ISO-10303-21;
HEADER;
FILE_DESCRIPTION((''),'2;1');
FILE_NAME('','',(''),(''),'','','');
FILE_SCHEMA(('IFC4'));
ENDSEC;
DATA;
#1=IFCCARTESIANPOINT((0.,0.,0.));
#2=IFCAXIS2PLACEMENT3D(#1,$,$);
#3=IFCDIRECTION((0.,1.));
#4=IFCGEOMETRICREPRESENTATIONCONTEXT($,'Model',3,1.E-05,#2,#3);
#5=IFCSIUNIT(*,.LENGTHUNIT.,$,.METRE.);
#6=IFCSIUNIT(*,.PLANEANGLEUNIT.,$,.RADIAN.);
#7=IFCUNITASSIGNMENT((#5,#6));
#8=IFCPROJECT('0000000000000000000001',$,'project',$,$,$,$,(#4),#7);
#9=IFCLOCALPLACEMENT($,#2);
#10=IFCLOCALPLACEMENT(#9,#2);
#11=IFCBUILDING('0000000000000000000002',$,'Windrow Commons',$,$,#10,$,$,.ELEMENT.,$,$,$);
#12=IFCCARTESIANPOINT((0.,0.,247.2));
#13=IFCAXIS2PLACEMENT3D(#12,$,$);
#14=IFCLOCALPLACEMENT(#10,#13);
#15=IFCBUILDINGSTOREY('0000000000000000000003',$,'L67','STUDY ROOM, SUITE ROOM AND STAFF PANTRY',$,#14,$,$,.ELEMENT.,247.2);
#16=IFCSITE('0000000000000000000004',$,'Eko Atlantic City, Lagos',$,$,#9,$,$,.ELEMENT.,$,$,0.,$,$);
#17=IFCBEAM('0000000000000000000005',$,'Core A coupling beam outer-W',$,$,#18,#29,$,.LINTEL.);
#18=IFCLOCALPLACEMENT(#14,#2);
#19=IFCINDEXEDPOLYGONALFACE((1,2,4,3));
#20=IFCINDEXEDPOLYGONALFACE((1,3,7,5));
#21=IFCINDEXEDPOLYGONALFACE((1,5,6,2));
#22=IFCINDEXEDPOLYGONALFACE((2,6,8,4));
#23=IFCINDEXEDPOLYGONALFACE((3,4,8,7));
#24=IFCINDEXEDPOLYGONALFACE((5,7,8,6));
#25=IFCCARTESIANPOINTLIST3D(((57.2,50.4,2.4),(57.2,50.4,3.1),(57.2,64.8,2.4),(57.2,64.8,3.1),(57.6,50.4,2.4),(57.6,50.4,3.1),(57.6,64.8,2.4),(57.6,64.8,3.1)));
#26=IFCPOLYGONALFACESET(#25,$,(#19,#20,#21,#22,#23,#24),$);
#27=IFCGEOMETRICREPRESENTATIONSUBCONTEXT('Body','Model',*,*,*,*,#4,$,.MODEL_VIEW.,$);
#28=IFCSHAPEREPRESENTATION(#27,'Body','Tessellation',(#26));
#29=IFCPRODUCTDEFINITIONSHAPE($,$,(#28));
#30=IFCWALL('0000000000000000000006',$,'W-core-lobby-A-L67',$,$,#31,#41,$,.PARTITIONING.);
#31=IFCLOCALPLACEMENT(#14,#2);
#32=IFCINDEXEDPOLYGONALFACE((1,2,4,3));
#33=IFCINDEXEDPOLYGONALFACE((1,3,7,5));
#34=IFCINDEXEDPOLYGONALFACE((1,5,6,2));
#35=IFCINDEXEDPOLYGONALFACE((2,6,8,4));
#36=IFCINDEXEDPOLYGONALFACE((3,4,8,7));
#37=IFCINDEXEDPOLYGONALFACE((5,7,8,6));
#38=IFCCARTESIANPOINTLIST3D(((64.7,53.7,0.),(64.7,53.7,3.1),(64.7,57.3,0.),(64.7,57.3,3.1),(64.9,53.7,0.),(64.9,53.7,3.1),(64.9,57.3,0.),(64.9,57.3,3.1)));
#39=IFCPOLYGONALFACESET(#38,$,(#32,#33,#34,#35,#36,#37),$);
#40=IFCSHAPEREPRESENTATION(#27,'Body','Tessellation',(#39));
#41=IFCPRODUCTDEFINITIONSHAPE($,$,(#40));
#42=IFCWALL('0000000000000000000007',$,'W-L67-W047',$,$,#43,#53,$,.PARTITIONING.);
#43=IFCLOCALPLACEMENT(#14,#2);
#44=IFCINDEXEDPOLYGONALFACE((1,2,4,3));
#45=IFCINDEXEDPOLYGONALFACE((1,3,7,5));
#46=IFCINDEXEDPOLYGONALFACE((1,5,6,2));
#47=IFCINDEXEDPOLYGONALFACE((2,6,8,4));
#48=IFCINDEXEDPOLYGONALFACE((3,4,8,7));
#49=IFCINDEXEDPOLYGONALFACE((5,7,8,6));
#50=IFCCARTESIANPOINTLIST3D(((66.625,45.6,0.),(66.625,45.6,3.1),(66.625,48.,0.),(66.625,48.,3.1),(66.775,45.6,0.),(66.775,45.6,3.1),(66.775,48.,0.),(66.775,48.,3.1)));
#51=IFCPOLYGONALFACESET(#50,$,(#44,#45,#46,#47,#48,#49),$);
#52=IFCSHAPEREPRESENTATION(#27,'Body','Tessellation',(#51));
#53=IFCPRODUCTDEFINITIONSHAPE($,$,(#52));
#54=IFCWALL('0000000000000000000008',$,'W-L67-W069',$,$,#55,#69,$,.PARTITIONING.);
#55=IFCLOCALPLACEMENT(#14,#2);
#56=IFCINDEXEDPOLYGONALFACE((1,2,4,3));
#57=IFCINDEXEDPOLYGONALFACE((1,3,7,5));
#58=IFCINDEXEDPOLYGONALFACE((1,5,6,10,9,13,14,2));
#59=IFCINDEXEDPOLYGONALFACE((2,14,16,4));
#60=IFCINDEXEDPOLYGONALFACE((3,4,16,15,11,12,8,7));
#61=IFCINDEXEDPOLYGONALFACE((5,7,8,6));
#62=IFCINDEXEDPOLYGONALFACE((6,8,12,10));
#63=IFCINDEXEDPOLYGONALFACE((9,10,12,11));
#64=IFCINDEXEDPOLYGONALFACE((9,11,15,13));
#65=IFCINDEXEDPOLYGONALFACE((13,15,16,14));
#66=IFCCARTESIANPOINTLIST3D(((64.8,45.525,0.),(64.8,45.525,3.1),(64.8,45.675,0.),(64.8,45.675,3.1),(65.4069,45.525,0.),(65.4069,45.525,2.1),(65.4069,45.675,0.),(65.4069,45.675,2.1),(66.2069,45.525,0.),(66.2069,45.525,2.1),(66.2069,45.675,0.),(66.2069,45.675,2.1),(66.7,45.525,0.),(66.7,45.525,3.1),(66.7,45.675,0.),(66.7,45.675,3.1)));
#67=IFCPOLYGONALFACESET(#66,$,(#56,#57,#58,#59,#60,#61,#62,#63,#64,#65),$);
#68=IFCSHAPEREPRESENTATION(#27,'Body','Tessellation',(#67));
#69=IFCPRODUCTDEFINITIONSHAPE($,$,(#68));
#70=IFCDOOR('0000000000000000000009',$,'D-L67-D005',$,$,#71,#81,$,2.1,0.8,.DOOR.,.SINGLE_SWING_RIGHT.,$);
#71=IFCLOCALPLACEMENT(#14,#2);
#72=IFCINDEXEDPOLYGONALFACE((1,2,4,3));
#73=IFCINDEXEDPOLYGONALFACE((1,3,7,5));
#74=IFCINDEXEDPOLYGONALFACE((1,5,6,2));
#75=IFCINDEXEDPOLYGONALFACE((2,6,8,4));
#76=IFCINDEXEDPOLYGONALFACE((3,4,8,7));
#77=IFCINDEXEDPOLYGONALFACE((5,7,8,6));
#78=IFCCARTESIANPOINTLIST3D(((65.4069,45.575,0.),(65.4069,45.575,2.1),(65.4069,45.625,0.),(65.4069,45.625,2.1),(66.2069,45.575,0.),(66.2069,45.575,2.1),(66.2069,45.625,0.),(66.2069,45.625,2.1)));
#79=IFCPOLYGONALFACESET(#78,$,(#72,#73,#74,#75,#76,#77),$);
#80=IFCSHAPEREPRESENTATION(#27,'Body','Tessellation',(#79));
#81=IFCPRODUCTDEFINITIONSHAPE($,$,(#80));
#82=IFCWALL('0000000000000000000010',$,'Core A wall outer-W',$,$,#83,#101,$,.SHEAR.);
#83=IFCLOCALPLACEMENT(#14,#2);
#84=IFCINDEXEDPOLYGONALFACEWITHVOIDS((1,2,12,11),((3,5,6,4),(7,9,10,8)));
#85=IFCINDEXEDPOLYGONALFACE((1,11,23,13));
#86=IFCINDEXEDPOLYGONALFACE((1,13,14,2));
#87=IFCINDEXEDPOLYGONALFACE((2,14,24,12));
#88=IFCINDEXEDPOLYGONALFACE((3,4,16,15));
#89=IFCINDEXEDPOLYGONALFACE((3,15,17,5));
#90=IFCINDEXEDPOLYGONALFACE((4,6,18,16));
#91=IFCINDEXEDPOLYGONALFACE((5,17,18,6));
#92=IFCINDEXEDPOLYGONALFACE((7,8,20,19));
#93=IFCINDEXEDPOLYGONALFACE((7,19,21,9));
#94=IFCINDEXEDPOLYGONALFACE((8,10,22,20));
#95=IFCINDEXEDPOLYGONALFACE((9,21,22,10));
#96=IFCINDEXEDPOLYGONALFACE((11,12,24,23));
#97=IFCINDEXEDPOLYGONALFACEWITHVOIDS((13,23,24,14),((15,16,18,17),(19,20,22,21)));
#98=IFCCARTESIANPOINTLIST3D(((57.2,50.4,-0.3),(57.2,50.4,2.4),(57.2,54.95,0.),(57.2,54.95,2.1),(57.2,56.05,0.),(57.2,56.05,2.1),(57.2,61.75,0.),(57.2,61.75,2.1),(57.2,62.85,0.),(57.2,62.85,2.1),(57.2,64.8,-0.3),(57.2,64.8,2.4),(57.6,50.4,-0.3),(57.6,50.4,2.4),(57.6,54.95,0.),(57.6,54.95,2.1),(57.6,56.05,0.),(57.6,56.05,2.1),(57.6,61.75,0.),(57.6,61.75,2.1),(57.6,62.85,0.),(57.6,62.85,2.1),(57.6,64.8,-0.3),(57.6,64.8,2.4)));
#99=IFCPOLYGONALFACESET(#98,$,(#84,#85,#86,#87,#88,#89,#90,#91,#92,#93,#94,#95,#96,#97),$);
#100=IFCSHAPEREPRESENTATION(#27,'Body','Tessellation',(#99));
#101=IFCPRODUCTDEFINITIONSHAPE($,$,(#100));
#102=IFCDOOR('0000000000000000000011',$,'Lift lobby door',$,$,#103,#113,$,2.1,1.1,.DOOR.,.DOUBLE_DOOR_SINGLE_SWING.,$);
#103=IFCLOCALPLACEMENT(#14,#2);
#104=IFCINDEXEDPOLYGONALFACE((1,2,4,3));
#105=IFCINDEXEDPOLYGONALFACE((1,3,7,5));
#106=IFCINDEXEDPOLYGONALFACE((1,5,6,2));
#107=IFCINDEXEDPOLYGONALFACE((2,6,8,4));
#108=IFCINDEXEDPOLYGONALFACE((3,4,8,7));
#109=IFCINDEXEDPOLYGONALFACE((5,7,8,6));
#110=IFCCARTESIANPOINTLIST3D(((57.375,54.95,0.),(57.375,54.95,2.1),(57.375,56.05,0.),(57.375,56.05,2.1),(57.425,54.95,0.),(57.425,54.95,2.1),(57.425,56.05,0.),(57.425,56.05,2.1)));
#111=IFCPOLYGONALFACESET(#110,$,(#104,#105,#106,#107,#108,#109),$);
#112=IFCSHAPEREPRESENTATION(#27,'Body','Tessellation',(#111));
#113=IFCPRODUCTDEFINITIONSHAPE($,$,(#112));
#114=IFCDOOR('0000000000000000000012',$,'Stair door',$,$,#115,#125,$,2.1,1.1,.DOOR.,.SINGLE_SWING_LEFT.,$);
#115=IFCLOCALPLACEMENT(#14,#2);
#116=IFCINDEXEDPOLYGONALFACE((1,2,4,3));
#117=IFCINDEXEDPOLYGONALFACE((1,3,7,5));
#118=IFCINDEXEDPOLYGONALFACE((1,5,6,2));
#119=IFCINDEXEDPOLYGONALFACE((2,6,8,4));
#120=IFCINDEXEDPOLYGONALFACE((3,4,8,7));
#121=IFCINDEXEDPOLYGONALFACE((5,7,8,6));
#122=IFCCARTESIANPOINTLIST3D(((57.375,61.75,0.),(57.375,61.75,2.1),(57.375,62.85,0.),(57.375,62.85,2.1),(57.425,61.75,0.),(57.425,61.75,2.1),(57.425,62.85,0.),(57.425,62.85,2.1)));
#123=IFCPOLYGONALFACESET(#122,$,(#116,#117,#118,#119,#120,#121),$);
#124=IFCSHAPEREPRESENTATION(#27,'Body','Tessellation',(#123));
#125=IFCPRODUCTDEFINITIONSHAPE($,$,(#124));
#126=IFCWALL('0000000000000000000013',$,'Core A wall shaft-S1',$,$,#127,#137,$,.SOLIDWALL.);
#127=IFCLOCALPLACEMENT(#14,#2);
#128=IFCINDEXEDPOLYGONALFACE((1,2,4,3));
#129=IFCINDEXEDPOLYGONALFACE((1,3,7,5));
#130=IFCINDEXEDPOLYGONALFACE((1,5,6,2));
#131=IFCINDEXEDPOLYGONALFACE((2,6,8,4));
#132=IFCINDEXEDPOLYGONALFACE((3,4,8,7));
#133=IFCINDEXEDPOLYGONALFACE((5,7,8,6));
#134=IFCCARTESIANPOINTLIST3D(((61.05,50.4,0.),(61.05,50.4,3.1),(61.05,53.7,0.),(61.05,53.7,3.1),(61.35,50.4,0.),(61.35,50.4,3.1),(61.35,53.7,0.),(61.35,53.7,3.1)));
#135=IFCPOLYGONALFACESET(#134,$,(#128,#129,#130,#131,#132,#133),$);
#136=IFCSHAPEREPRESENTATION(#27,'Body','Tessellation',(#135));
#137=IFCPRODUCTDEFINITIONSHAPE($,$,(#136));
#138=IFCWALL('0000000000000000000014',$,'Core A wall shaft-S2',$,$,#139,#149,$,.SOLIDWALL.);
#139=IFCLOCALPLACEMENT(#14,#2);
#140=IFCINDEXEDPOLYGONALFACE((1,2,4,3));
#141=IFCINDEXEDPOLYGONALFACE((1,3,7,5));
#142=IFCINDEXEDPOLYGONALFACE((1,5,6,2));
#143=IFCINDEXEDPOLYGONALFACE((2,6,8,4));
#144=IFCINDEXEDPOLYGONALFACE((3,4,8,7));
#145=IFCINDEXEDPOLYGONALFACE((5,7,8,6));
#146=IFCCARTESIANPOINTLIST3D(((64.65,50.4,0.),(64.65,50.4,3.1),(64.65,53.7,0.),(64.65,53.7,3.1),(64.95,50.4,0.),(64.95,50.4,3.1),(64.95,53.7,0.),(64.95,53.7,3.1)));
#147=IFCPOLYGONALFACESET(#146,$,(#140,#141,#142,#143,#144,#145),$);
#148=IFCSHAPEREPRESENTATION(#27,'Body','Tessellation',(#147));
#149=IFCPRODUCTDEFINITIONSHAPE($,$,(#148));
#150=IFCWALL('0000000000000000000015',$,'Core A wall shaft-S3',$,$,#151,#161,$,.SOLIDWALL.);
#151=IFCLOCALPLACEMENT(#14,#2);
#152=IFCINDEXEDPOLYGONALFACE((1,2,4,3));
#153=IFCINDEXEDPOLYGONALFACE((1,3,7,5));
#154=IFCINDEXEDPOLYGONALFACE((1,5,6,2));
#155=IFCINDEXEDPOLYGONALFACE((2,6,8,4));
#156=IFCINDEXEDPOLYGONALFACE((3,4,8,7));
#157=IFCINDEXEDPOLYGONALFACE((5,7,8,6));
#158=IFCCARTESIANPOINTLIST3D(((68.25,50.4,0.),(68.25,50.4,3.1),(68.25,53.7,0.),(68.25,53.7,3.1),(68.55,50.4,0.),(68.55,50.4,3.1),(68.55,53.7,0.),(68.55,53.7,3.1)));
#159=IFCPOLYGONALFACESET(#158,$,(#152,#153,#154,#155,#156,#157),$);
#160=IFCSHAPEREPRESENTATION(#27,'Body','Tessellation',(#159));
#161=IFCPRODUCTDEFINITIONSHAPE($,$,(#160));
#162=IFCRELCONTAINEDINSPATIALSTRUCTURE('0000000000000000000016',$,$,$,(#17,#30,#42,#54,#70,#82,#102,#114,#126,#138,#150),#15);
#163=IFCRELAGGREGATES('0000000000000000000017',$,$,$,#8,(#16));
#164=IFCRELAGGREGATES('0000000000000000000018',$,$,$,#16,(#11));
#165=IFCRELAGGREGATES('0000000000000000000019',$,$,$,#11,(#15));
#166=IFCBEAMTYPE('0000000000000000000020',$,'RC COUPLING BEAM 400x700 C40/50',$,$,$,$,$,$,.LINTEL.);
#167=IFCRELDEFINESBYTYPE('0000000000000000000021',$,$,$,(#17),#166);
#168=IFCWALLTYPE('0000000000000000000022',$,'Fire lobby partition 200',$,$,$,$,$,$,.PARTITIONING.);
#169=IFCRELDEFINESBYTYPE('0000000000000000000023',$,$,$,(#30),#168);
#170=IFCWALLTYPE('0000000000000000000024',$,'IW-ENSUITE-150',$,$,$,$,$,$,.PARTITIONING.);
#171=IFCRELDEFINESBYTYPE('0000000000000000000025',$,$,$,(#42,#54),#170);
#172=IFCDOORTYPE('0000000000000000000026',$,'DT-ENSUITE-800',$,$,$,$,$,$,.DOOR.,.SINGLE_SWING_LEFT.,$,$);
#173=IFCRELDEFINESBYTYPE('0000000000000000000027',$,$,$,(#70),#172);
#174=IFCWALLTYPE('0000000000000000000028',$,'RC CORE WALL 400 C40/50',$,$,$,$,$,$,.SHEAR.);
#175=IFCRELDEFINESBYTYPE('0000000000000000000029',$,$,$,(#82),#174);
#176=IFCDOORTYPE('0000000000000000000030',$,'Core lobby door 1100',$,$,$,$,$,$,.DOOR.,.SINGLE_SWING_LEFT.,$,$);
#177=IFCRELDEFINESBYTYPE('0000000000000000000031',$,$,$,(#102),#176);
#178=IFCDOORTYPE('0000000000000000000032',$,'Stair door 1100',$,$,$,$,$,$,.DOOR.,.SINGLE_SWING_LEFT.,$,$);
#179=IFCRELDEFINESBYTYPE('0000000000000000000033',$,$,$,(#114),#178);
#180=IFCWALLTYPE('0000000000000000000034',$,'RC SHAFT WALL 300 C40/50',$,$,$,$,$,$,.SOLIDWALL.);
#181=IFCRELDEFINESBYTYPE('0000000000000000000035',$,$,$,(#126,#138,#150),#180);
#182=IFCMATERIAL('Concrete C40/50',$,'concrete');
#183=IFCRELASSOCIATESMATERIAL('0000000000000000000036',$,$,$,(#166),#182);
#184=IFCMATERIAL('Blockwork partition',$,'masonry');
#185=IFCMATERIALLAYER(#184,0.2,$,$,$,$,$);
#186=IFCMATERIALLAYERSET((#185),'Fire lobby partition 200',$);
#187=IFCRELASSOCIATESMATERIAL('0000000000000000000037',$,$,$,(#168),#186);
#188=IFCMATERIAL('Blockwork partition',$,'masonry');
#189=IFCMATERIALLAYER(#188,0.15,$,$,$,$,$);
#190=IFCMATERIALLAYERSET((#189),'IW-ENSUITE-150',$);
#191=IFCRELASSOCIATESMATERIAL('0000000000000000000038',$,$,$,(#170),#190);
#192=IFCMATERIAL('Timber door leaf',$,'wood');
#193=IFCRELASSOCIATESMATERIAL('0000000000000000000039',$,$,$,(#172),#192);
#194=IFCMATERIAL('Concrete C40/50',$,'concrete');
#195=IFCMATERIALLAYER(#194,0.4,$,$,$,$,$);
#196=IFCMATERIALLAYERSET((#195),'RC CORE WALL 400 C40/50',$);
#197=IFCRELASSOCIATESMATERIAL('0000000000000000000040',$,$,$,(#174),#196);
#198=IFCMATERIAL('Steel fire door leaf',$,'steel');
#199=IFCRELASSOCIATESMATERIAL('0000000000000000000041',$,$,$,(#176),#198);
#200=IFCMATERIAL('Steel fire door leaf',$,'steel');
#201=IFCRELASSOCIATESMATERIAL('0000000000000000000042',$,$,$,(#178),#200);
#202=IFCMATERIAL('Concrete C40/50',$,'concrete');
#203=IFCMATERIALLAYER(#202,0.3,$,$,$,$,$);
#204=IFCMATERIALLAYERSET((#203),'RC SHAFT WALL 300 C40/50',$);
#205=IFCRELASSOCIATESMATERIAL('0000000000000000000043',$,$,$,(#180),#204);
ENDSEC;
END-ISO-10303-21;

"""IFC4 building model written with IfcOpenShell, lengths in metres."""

from ifc_helpers import new_model, si_unit, direction, frame, frame_2d, origin, origin_2d, place, context, subcontext, project, spatial, rectangle, extrude, material, layer, layer_set, material_profile, profile_set, type_object, element, fill, save


model = new_model("IFC4")

# Units and contexts
model_context = context("Model", 3, precision=1e-05, world=origin(), true_north=direction((0.0, 1.0)))
body_context = subcontext(model_context, "Body", "Model", "MODEL_VIEW")
ifc_project = project(units=[si_unit("LENGTHUNIT", "METRE"), si_unit("PLANEANGLEUNIT", "RADIAN")], contexts=[model_context])

# Site, building, storey
site_placement = place(None, origin())
site = spatial("IfcSite", under=ifc_project, at=site_placement, Name="Eko Atlantic City, Lagos", CompositionType="ELEMENT", RefElevation=0.0)
building_placement = place(site_placement, origin())
building = spatial("IfcBuilding", under=site, at=building_placement, Name="Windrow Commons", CompositionType="ELEMENT")
storey_placement = place(building_placement, frame((0.0, 0.0, 247.2)))
storey = spatial("IfcBuildingStorey", under=building, at=storey_placement, Name="L67", Description="STUDY ROOM, SUITE ROOM AND STAFF PANTRY", CompositionType="ELEMENT", Elevation=247.2)

# Beam
ifc_material_1 = material(Name="Concrete C40/50", Category="concrete")
ifc_material_profile = material_profile(ifc_material_1, rectangle(XDim=0.4, YDim=0.7, at=origin_2d()))
ifc_profile_set = profile_set([ifc_material_profile], Name="Concrete C40/50")
beam_type = type_object("IfcBeamType", Name="RC COUPLING BEAM 400x700 C40/50", PredefinedType="LINTEL", material=ifc_profile_set)
beam_placement = place(storey_placement, frame((57.4, 50.4, 2.75), z_axis=(0.0, 1.0, 0.0), x_axis=(-1.0, 0.0, 0.0)))
element("IfcBeam", 1, at=beam_placement, inside=storey, type_object=beam_type, Name="Core A coupling beam outer-W", PredefinedType="LINTEL", context=body_context, shape_type="SweptSolid", body=[
    extrude(rectangle(XDim=0.4, YDim=0.7, at=origin_2d()), origin(), (0.0, 0.0, 1.0), 14.4),
])

# Walls
ifc_material_2 = material(Name="Blockwork partition", Category="masonry")
ifc_layer_1 = layer(ifc_material_2, 0.2)
ifc_layer_set_1 = layer_set([ifc_layer_1], Name="Fire lobby partition 200")
wall_type_1 = type_object("IfcWallType", Name="Fire lobby partition 200", PredefinedType="PARTITIONING", material=ifc_layer_set_1)
wall_1_placement = place(storey_placement, frame((64.8, 53.7, 0.0), z_axis=(0.0, 0.0, 1.0), x_axis=(0.0, 1.0, 0.0)))
element("IfcWall", 2, at=wall_1_placement, inside=storey, type_object=wall_type_1, Name="W-core-lobby-A-L67", PredefinedType="PARTITIONING", context=body_context, shape_type="SweptSolid", body=[
    extrude(rectangle(XDim=3.6, YDim=0.2, at=frame_2d((1.8, 0.0))), origin(), (0.0, 0.0, 1.0), 3.1),
])
ifc_material_3 = material(Name="Blockwork partition", Category="masonry")
ifc_layer_2 = layer(ifc_material_3, 0.15)
ifc_layer_set_2 = layer_set([ifc_layer_2], Name="IW-ENSUITE-150")
wall_type_2 = type_object("IfcWallType", Name="IW-ENSUITE-150", PredefinedType="PARTITIONING", material=ifc_layer_set_2)
wall_2_placement = place(storey_placement, frame((66.7, 45.6, 0.0), z_axis=(0.0, 0.0, 1.0), x_axis=(0.0, 1.0, 0.0)))
element("IfcWall", 3, at=wall_2_placement, inside=storey, type_object=wall_type_2, Name="W-L67-W047", PredefinedType="PARTITIONING", context=body_context, shape_type="SweptSolid", body=[
    extrude(rectangle(XDim=2.4, YDim=0.15, at=frame_2d((1.2, 0.0))), origin(), (0.0, 0.0, 1.0), 3.1),
])

# Wall, opening, door
wall_3_placement = place(storey_placement, frame((64.8, 45.6, 0.0), z_axis=(0.0, 0.0, 1.0), x_axis=(1.0, 0.0, 0.0)))
wall_3 = element("IfcWall", 4, at=wall_3_placement, inside=storey, type_object=wall_type_2, Name="W-L67-W069", PredefinedType="PARTITIONING", context=body_context, shape_type="SweptSolid", body=[
    extrude(rectangle(XDim=1.9, YDim=0.15, at=frame_2d((0.95, 0.0))), origin(), (0.0, 0.0, 1.0), 3.1),
])
opening_1_placement = place(wall_3_placement, frame((0.6069, 0.0, 0.0)))
opening_1 = element("IfcOpeningElement", 5, at=opening_1_placement, cuts=wall_3, PredefinedType="OPENING", context=body_context, shape_type="SweptSolid", body=[
    extrude(rectangle(XDim=0.8, YDim=2.1, at=frame_2d((0.4, 1.05))), frame((0.0, 0.085, 0.0), z_axis=(0.0, -1.0, 0.0), x_axis=(1.0, 0.0, 0.0)), (0.0, 0.0, 1.0), 0.17),
])
ifc_material_4 = material(Name="Timber door leaf", Category="wood")
door_type_1 = type_object("IfcDoorType", Name="DT-ENSUITE-800", OperationType="SINGLE_SWING_LEFT", PredefinedType="DOOR", material=ifc_material_4)
door_1_placement = place(opening_1_placement, origin())
door_1 = element("IfcDoor", 6, at=door_1_placement, inside=storey, type_object=door_type_1, Name="D-L67-D005", OperationType="SINGLE_SWING_RIGHT", OverallHeight=2.1, OverallWidth=0.8, PredefinedType="DOOR", context=body_context, shape_type="SweptSolid", body=[
    extrude(rectangle(XDim=0.8, YDim=2.1, at=frame_2d((0.4, 1.05))), frame((0.0, 0.025, 0.0), z_axis=(0.0, -1.0, 0.0), x_axis=(1.0, 0.0, 0.0)), (0.0, 0.0, 1.0), 0.05),
])
fill(opening_1, door_1)

# Wall, openings, doors
ifc_material_5 = material(Name="Concrete C40/50", Category="concrete")
ifc_layer_3 = layer(ifc_material_5, 0.4)
ifc_layer_set_3 = layer_set([ifc_layer_3], Name="RC CORE WALL 400 C40/50")
wall_type_3 = type_object("IfcWallType", Name="RC CORE WALL 400 C40/50", PredefinedType="SHEAR", material=ifc_layer_set_3)
wall_4_placement = place(storey_placement, frame((57.4, 50.4, -0.3), z_axis=(0.0, 0.0, 1.0), x_axis=(0.0, 1.0, 0.0)))
wall_4 = element("IfcWall", 7, at=wall_4_placement, inside=storey, type_object=wall_type_3, Name="Core A wall outer-W", PredefinedType="SHEAR", context=body_context, shape_type="SweptSolid", body=[
    extrude(rectangle(XDim=14.4, YDim=0.4, at=frame_2d((7.2, 0.0))), origin(), (0.0, 0.0, 1.0), 2.7),
])
opening_2_placement = place(wall_4_placement, frame((4.55, 0.0, 0.3)))
opening_2 = element("IfcOpeningElement", 8, at=opening_2_placement, cuts=wall_4, PredefinedType="OPENING", context=body_context, shape_type="SweptSolid", body=[
    extrude(rectangle(XDim=1.1, YDim=2.1, at=frame_2d((0.55, 1.05))), frame((0.0, 0.21, 0.0), z_axis=(0.0, -1.0, 0.0), x_axis=(1.0, 0.0, 0.0)), (0.0, 0.0, 1.0), 0.42),
])
opening_3_placement = place(wall_4_placement, frame((11.35, 0.0, 0.3)))
opening_3 = element("IfcOpeningElement", 9, at=opening_3_placement, cuts=wall_4, PredefinedType="OPENING", context=body_context, shape_type="SweptSolid", body=[
    extrude(rectangle(XDim=1.1, YDim=2.1, at=frame_2d((0.55, 1.05))), frame((0.0, 0.21, 0.0), z_axis=(0.0, -1.0, 0.0), x_axis=(1.0, 0.0, 0.0)), (0.0, 0.0, 1.0), 0.42),
])
ifc_material_6 = material(Name="Steel fire door leaf", Category="steel")
door_type_2 = type_object("IfcDoorType", Name="Core lobby door 1100", OperationType="SINGLE_SWING_LEFT", PredefinedType="DOOR", material=ifc_material_6)
door_2_placement = place(opening_2_placement, origin())
door_2 = element("IfcDoor", 10, at=door_2_placement, inside=storey, type_object=door_type_2, Name="Lift lobby door", OperationType="DOUBLE_DOOR_SINGLE_SWING", OverallHeight=2.1, OverallWidth=1.1, PredefinedType="DOOR", context=body_context, shape_type="SweptSolid", body=[
    extrude(rectangle(XDim=1.1, YDim=2.1, at=frame_2d((0.55, 1.05))), frame((0.0, 0.025, 0.0), z_axis=(0.0, -1.0, 0.0), x_axis=(1.0, 0.0, 0.0)), (0.0, 0.0, 1.0), 0.05),
])
fill(opening_2, door_2)
ifc_material_7 = material(Name="Steel fire door leaf", Category="steel")
door_type_3 = type_object("IfcDoorType", Name="Stair door 1100", OperationType="SINGLE_SWING_LEFT", PredefinedType="DOOR", material=ifc_material_7)
door_3_placement = place(opening_3_placement, origin())
door_3 = element("IfcDoor", 11, at=door_3_placement, inside=storey, type_object=door_type_3, Name="Stair door", OperationType="SINGLE_SWING_LEFT", OverallHeight=2.1, OverallWidth=1.1, PredefinedType="DOOR", context=body_context, shape_type="SweptSolid", body=[
    extrude(rectangle(XDim=1.1, YDim=2.1, at=frame_2d((0.55, 1.05))), frame((0.0, 0.025, 0.0), z_axis=(0.0, -1.0, 0.0), x_axis=(1.0, 0.0, 0.0)), (0.0, 0.0, 1.0), 0.05),
])
fill(opening_3, door_3)

# Walls
ifc_material_8 = material(Name="Concrete C40/50", Category="concrete")
ifc_layer_4 = layer(ifc_material_8, 0.3)
ifc_layer_set_4 = layer_set([ifc_layer_4], Name="RC SHAFT WALL 300 C40/50")
wall_type_4 = type_object("IfcWallType", Name="RC SHAFT WALL 300 C40/50", PredefinedType="SOLIDWALL", material=ifc_layer_set_4)
for number, where, z_axis, x_axis, name in (
    (12, (61.2, 50.4, 0.0), (0.0, 0.0, 1.0), (0.0, 1.0, 0.0), "Core A wall shaft-S1"),
    (13, (64.8, 50.4, 0.0), (0.0, 0.0, 1.0), (0.0, 1.0, 0.0), "Core A wall shaft-S2"),
    (14, (68.4, 50.4, 0.0), (0.0, 0.0, 1.0), (0.0, 1.0, 0.0), "Core A wall shaft-S3"),
):
    element("IfcWall", number, at=place(storey_placement, frame(where, z_axis=z_axis, x_axis=x_axis)), inside=storey, type_object=wall_type_4, Name=name, PredefinedType="SOLIDWALL", context=body_context, shape_type="SweptSolid", body=[
        extrude(rectangle(XDim=3.3, YDim=0.3, at=frame_2d((1.65, 0.0))), origin(), (0.0, 0.0, 1.0), 3.1),
    ])

save(model, "model.ifc")
